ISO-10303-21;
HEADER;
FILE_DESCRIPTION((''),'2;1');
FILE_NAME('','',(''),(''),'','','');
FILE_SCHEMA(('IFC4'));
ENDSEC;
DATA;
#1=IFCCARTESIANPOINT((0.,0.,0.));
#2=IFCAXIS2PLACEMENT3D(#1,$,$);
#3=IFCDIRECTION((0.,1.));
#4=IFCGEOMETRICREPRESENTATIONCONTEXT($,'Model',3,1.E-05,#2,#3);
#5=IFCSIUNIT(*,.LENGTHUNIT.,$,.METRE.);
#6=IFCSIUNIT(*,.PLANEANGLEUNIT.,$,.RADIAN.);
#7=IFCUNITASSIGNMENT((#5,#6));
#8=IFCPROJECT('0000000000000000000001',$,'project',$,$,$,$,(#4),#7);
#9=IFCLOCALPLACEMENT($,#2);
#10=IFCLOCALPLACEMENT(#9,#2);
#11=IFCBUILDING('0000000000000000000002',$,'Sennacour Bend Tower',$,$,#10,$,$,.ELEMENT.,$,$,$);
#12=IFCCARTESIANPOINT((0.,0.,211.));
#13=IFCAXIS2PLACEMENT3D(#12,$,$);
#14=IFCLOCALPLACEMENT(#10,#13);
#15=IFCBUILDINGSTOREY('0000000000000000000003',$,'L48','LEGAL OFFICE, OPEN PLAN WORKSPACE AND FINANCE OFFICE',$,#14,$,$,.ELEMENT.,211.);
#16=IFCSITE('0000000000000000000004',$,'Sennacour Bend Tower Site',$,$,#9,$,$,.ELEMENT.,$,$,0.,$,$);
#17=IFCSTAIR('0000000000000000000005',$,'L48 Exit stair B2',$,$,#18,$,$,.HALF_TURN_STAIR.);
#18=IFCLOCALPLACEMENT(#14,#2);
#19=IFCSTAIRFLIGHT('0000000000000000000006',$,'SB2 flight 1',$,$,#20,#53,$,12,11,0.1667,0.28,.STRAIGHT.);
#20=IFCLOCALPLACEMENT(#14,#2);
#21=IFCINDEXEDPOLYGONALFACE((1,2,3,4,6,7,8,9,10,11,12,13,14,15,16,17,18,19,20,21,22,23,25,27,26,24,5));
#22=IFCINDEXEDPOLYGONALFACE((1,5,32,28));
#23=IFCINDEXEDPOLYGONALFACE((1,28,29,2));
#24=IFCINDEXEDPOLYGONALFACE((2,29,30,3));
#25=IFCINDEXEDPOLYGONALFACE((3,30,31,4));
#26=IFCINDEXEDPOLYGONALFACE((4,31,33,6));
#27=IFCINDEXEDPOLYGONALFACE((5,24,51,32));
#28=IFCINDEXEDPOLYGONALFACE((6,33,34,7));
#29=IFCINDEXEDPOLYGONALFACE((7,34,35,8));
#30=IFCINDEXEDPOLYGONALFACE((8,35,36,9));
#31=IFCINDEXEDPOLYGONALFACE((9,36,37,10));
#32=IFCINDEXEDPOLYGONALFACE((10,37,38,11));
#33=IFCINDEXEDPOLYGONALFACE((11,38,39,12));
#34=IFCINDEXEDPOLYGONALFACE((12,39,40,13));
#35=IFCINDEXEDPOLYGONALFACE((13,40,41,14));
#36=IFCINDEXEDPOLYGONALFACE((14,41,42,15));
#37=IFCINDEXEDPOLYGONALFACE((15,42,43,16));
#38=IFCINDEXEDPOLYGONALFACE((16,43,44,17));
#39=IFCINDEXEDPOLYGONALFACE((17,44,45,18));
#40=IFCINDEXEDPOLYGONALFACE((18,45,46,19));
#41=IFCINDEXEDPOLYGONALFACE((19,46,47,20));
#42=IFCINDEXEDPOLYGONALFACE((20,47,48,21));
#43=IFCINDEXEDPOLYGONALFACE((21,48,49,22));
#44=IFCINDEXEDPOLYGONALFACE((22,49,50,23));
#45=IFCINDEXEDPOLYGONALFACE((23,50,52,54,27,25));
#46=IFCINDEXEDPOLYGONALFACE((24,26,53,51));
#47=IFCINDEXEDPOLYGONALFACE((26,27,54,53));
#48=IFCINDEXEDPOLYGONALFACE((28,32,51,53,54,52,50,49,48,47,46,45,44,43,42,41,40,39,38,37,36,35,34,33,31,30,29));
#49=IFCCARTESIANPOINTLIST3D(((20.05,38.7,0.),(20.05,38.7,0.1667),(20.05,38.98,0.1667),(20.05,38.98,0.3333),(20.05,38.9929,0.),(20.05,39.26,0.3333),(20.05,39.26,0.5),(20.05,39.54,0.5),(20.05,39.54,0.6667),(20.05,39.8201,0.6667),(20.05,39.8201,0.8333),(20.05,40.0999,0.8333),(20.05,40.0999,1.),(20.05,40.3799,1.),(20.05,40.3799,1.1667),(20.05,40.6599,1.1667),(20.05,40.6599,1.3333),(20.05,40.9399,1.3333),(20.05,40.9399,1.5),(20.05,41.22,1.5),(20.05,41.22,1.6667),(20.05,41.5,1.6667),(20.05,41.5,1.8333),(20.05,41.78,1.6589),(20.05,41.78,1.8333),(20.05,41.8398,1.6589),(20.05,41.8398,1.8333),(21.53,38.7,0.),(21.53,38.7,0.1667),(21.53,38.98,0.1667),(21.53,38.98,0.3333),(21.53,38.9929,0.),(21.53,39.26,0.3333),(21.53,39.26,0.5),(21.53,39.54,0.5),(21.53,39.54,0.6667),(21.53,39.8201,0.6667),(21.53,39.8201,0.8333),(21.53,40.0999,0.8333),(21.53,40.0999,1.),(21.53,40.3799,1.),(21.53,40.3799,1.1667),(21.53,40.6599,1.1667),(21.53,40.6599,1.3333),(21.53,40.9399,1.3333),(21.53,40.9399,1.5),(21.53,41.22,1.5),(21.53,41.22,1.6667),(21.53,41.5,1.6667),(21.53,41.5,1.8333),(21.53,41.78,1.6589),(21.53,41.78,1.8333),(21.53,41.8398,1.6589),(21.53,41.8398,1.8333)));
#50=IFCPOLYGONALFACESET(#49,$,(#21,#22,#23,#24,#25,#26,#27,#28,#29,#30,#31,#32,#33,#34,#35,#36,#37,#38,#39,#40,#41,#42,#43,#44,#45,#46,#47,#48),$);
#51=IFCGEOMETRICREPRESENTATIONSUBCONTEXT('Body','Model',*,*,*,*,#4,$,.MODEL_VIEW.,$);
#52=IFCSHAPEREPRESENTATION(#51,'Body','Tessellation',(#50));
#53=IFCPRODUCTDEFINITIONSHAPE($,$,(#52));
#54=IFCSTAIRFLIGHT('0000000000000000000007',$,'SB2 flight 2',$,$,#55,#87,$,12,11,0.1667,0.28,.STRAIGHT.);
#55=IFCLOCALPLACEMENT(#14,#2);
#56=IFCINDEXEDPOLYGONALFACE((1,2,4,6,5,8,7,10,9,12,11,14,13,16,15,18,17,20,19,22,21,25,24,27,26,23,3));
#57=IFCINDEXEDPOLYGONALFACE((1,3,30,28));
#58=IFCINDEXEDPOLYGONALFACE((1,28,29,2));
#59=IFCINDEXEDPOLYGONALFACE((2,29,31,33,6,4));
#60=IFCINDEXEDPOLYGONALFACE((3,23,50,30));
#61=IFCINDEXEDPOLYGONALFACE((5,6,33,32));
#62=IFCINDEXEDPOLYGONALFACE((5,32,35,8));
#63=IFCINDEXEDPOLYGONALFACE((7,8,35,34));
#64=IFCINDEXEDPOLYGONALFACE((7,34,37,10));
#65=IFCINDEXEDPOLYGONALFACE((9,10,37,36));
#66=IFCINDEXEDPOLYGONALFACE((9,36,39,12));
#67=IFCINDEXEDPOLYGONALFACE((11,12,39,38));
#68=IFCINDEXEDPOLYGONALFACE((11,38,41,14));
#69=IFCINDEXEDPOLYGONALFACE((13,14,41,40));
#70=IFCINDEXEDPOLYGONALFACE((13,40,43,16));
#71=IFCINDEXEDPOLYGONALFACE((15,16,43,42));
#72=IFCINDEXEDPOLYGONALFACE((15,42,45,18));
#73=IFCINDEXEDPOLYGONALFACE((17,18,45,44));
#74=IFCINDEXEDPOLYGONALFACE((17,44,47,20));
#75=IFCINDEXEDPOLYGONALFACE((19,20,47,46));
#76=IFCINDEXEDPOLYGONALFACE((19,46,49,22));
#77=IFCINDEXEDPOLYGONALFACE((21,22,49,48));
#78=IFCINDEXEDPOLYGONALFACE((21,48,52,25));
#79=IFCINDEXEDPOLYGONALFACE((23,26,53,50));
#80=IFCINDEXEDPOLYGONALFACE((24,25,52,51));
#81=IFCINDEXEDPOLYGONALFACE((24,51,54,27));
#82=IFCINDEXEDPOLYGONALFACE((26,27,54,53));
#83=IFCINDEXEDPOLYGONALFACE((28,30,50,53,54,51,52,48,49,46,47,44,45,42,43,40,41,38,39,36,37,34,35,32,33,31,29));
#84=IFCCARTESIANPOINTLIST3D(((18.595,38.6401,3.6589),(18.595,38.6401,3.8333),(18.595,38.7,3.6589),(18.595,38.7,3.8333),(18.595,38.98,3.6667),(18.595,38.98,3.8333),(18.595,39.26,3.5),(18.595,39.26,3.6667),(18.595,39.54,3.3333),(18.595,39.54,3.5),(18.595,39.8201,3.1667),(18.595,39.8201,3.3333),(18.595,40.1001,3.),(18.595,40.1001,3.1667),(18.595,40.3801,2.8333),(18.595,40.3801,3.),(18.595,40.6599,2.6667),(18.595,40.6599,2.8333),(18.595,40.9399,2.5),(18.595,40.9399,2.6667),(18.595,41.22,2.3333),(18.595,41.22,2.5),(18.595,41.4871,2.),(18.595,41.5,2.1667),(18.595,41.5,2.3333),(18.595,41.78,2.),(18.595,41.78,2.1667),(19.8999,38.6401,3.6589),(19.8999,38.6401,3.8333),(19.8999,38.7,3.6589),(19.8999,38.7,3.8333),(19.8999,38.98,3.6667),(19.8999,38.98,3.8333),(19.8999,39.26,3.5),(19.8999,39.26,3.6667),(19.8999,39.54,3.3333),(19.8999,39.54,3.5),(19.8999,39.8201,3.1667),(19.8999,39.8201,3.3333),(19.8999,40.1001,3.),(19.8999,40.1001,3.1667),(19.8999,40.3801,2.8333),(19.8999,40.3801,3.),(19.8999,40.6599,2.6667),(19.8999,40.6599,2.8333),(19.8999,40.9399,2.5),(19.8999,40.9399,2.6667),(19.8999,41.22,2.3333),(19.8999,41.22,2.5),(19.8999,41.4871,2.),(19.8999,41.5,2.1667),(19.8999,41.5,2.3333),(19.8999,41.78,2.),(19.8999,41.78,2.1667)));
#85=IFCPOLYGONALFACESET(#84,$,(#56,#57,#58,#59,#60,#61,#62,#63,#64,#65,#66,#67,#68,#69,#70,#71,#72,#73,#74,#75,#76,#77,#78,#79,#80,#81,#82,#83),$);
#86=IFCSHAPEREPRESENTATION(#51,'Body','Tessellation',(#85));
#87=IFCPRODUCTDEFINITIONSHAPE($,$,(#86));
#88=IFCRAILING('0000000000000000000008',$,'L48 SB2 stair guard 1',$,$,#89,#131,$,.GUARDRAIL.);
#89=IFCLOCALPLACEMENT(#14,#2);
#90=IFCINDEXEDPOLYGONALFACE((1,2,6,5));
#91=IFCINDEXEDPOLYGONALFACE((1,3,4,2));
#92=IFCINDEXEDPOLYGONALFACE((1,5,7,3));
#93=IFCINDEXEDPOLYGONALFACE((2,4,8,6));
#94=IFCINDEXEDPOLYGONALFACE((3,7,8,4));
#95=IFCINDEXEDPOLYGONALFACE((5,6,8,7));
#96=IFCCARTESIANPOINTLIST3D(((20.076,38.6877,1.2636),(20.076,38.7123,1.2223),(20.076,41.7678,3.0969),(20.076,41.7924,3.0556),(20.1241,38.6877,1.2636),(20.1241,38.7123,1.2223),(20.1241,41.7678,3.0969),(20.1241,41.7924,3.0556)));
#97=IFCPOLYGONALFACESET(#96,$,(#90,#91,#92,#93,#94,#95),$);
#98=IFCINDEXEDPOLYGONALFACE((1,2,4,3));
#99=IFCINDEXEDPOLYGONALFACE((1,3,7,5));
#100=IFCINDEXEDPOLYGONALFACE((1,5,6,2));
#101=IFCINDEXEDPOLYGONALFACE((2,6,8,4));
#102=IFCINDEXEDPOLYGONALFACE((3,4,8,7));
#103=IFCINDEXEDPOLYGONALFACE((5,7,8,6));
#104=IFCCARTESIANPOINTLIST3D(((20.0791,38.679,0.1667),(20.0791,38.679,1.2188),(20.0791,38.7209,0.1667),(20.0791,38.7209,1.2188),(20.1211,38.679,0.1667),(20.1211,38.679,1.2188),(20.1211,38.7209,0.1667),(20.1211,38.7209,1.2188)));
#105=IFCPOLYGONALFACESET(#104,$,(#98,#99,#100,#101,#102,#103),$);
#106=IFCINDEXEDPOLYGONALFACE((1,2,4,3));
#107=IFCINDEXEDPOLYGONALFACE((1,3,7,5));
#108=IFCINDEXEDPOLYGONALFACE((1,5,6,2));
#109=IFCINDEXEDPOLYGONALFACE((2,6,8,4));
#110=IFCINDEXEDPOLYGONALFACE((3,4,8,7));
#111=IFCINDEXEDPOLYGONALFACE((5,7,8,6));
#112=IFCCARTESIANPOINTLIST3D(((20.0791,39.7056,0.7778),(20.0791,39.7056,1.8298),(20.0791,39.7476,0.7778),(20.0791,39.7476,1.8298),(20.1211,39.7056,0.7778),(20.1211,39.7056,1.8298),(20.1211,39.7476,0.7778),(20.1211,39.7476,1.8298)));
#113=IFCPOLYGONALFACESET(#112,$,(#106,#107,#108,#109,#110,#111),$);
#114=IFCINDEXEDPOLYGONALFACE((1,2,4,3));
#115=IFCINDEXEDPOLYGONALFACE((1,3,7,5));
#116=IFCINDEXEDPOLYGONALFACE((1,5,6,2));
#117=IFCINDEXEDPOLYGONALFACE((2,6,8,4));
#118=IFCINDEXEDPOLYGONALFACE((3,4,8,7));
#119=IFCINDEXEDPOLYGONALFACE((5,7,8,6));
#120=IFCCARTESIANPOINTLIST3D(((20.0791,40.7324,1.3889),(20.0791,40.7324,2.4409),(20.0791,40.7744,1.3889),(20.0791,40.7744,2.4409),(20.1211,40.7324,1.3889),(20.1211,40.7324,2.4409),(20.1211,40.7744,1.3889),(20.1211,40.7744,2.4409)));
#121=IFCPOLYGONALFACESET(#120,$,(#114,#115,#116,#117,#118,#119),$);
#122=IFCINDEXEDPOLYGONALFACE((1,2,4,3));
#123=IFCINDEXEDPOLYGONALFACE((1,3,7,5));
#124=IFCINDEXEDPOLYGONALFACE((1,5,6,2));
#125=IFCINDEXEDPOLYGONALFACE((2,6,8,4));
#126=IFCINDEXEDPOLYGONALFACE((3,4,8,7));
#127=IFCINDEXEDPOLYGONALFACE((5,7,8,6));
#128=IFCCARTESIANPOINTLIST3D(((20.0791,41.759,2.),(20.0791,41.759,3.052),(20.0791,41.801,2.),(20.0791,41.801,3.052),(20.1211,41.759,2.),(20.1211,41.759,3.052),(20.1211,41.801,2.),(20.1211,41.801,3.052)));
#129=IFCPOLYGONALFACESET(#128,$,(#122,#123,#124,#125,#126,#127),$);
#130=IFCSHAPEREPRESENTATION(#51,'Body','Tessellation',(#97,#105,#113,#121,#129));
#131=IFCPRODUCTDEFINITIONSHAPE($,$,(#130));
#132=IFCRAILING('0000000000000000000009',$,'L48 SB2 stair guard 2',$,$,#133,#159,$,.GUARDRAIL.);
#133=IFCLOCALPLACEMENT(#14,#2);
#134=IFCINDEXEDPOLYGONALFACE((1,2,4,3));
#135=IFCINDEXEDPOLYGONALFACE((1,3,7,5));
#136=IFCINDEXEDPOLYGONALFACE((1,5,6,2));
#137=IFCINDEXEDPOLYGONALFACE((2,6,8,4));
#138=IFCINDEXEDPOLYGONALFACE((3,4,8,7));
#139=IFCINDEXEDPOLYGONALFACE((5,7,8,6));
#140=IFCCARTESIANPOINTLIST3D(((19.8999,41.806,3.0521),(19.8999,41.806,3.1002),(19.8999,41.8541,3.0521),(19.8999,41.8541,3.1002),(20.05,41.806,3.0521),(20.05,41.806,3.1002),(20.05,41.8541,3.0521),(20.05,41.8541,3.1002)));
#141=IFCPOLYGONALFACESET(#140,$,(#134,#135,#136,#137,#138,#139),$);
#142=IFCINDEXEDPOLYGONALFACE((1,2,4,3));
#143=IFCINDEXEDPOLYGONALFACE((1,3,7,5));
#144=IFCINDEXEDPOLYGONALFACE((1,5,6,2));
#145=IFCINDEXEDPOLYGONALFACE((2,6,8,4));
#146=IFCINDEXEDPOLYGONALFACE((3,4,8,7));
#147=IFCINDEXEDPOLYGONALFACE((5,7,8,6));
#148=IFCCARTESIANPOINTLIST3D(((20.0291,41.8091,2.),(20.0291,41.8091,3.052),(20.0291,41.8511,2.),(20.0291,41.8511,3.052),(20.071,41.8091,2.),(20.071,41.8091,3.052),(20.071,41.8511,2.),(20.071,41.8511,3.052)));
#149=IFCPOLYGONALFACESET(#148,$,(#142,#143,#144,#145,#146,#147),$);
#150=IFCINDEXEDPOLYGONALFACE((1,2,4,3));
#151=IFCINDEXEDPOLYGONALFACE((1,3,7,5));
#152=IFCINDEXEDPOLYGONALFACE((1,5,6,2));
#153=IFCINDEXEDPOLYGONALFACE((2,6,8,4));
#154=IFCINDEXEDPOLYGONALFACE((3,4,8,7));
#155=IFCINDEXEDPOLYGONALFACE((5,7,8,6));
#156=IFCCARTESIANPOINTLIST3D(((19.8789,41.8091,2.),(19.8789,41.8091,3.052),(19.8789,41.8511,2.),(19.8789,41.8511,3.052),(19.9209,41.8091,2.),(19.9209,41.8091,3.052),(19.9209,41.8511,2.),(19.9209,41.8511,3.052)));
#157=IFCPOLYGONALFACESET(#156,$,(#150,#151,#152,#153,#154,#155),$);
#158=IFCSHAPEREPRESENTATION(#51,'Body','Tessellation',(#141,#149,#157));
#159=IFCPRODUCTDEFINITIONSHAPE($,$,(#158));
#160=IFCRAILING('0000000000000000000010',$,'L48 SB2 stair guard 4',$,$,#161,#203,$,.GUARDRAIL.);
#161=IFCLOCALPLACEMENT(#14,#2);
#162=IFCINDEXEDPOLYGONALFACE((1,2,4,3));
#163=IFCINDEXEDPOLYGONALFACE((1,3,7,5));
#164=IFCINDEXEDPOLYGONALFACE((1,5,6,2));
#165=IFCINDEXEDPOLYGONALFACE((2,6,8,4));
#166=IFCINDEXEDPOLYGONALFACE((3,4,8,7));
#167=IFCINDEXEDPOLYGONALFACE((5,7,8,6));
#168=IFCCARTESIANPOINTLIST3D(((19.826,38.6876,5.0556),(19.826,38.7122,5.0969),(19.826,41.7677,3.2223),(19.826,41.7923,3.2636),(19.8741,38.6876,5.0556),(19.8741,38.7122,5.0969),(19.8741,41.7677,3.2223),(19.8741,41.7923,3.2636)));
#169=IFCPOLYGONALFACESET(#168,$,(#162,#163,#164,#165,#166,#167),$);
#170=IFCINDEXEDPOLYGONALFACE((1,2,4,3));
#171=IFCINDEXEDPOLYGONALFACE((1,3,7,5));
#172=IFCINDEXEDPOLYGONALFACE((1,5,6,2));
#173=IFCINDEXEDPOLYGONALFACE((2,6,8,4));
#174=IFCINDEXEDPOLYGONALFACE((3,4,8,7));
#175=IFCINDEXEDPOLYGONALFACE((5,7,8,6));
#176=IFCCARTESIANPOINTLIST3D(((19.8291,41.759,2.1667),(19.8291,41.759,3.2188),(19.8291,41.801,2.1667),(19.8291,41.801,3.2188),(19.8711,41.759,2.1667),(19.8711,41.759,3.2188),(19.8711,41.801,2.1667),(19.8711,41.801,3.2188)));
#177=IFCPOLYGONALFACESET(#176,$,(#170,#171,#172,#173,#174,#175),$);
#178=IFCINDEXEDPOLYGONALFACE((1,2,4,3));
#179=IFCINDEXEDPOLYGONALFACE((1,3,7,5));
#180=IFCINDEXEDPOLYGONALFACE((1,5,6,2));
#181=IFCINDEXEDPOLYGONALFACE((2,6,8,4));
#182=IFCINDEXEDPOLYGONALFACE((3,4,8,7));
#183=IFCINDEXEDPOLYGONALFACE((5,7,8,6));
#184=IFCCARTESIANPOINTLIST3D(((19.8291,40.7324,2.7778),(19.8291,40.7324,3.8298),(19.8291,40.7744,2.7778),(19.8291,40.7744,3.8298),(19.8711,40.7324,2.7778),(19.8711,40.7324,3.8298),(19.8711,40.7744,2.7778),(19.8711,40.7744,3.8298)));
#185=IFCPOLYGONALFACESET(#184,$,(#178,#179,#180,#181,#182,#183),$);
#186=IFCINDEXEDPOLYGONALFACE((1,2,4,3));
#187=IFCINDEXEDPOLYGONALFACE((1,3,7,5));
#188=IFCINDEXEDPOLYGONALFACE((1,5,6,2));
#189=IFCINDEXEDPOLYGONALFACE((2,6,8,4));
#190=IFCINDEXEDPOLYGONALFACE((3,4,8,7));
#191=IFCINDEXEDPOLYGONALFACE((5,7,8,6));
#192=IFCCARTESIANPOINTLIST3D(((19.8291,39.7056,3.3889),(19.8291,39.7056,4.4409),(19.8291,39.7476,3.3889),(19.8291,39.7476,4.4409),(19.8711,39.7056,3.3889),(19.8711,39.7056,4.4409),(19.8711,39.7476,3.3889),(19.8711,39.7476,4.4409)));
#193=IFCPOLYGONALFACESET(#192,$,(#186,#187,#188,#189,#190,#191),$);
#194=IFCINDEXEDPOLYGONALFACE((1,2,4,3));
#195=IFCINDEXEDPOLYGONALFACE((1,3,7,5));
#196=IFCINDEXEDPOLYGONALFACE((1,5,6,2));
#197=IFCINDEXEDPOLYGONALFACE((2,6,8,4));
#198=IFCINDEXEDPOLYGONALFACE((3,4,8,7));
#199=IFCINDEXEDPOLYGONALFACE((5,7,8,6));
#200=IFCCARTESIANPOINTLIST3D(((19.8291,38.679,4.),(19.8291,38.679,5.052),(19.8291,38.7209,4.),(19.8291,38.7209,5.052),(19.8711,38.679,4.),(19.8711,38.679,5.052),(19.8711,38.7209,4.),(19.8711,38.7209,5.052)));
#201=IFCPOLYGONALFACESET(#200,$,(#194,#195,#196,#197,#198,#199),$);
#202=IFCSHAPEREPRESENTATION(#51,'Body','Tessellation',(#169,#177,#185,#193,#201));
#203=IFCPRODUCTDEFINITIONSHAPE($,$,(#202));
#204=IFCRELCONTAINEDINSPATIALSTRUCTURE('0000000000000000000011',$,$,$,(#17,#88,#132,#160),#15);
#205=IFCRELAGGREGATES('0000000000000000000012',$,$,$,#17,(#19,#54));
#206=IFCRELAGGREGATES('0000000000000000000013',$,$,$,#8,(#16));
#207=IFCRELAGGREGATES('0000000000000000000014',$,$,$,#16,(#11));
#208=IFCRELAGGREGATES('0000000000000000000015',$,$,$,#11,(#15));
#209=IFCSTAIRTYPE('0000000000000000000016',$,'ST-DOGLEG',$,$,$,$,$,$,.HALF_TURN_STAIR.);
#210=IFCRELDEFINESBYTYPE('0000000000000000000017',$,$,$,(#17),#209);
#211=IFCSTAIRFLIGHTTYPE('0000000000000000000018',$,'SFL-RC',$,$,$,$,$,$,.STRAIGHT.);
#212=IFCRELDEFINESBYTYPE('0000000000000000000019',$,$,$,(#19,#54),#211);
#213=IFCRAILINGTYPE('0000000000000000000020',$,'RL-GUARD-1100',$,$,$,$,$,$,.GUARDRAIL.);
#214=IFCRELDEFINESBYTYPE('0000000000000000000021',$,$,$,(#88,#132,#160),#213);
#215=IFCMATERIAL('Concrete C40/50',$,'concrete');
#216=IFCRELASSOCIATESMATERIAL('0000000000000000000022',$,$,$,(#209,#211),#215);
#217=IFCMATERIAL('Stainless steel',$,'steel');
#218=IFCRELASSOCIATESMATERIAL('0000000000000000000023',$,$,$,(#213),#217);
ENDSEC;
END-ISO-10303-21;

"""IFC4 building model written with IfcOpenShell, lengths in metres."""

from ifc_helpers import new_model, si_unit, direction, frame, origin, origin_2d, place, context, subcontext, project, spatial, polyline, rectangle, outline, extrude, material, type_object, element, aggregate, save


model = new_model("IFC4")

# Units and contexts
model_context = context("Model", 3, precision=1e-05, world=origin(), true_north=direction((0.0, 1.0)))
body_context = subcontext(model_context, "Body", "Model", "MODEL_VIEW")
ifc_project = project(units=[si_unit("LENGTHUNIT", "METRE"), si_unit("PLANEANGLEUNIT", "RADIAN")], contexts=[model_context])

# Site, building, storey
site_placement = place(None, origin())
site = spatial("IfcSite", under=ifc_project, at=site_placement, Name="Sennacour Bend Tower Site", CompositionType="ELEMENT", RefElevation=0.0)
building_placement = place(site_placement, origin())
building = spatial("IfcBuilding", under=site, at=building_placement, Name="Sennacour Bend Tower", CompositionType="ELEMENT")
storey_placement = place(building_placement, frame((0.0, 0.0, 211.0)))
storey = spatial("IfcBuildingStorey", under=building, at=storey_placement, Name="L48", Description="LEGAL OFFICE, OPEN PLAN WORKSPACE AND FINANCE OFFICE", CompositionType="ELEMENT", Elevation=211.0)

# Shared definitions
ifc_material_1 = material(Name="Stainless steel", Category="steel")

# Stair, stair flights
ifc_material_2 = material(Name="Concrete C40/50", Category="concrete")
stair_type = type_object("IfcStairType", Name="ST-DOGLEG", PredefinedType="HALF_TURN_STAIR", material=ifc_material_2)
stair_placement = place(storey_placement, origin())
stair = element("IfcStair", 1, at=stair_placement, inside=storey, type_object=stair_type, Name="L48 Exit stair B2", PredefinedType="HALF_TURN_STAIR")
stair_flight_type = type_object("IfcStairFlightType", Name="SFL-RC", PredefinedType="STRAIGHT", material=ifc_material_2)
stair_flight_1_placement = place(storey_placement, frame((20.79, 38.7, 0.0), z_axis=(0.0, 0.0, 1.0), x_axis=(0.0, 1.0, 0.0)))
stair_flight_1 = element("IfcStairFlight", 2, at=stair_flight_1_placement, type_object=stair_flight_type, Name="SB2 flight 1", NumberOfRisers=12, NumberOfTreads=11, PredefinedType="STRAIGHT", RiserHeight=0.1667, TreadLength=0.28, context=body_context, shape_type="SweptSolid", body=[
    extrude(outline(polyline([(0.0, 0.0), (0.0, 0.1667), (0.28, 0.1667), (0.28, 0.3333), (0.5601, 0.3333), (0.5601, 0.5), (0.8401, 0.5), (0.8401, 0.6667), (1.1201, 0.6667), (1.1201, 0.8333), (1.3999, 0.8333), (1.3999, 1.0), (1.6799, 1.0), (1.6799, 1.1667), (1.96, 1.1667), (1.96, 1.3333), (2.24, 1.3333), (2.24, 1.5), (2.52, 1.5), (2.52, 1.6667), (2.8, 1.6667), (2.8, 1.8333), (3.0801, 1.8333), (3.1399, 1.8333), (3.1399, 1.6589), (3.0801, 1.6589), (0.293, 0.0), (0.0, 0.0)])), frame((0.0, 0.74, 0.0), z_axis=(0.0, -1.0, 0.0), x_axis=(1.0, 0.0, 0.0)), (0.0, 0.0, 1.0), 1.48),
])
stair_flight_2_placement = place(storey_placement, frame((19.2476, 41.78, 2.0), z_axis=(0.0, 0.0, 1.0), x_axis=(0.0, -1.0, 0.0)))
stair_flight_2 = element("IfcStairFlight", 3, at=stair_flight_2_placement, type_object=stair_flight_type, Name="SB2 flight 2", NumberOfRisers=12, NumberOfTreads=11, PredefinedType="STRAIGHT", RiserHeight=0.1667, TreadLength=0.28, context=body_context, shape_type="SweptSolid", body=[
    extrude(outline(polyline([(0.0, 0.0), (0.0, 0.1667), (0.28, 0.1667), (0.28, 0.3333), (0.5601, 0.3333), (0.5601, 0.5), (0.8401, 0.5), (0.8401, 0.6667), (1.1201, 0.6667), (1.1201, 0.8333), (1.3999, 0.8333), (1.3999, 1.0), (1.6799, 1.0), (1.6799, 1.1667), (1.96, 1.1667), (1.96, 1.3333), (2.24, 1.3333), (2.24, 1.5), (2.52, 1.5), (2.52, 1.6667), (2.8, 1.6667), (2.8, 1.8333), (3.0801, 1.8333), (3.1399, 1.8333), (3.1399, 1.6589), (3.0801, 1.6589), (0.293, 0.0), (0.0, 0.0)])), frame((0.0, 0.6523, 0.0), z_axis=(0.0, -1.0, 0.0), x_axis=(1.0, 0.0, 0.0)), (0.0, 0.0, 1.0), 1.3049),
])
aggregate(stair, [stair_flight_1, stair_flight_2])

# Railings
railing_type_1 = type_object("IfcRailingType", Name="RL-GUARD-1100", PredefinedType="GUARDRAIL", material=ifc_material_1)
railing_1_placement = place(storey_placement, frame((20.1001, 38.7, 0.1667)))
element("IfcRailing", 4, at=railing_1_placement, inside=storey, type_object=railing_type_1, Name="L48 SB2 stair guard 1", PredefinedType="GUARDRAIL", context=body_context, shape_type="SweptSolid", body=[
    extrude(rectangle(XDim=0.0481, YDim=0.0481, at=origin_2d()), frame((0.0, 0.0, 1.0762), z_axis=(0.0, 0.859309, 0.511458), x_axis=(-1.0, 0.0, 0.0)), (0.0, 0.0, 1.0), 3.5845),
    extrude(rectangle(XDim=0.042, YDim=0.042, at=origin_2d()), origin(), (0.0, 0.0, 1.0), 1.052),
    extrude(rectangle(XDim=0.042, YDim=0.042, at=origin_2d()), frame((0.0, 1.0266, 0.6111)), (0.0, 0.0, 1.0), 1.052),
    extrude(rectangle(XDim=0.042, YDim=0.042, at=origin_2d()), frame((0.0, 2.0535, 1.2222)), (0.0, 0.0, 1.0), 1.052),
    extrude(rectangle(XDim=0.042, YDim=0.042, at=origin_2d()), frame((0.0, 3.0801, 1.8333)), (0.0, 0.0, 1.0), 1.052),
])
railing_2_placement = place(storey_placement, frame((20.05, 41.8301, 2.0)))
element("IfcRailing", 5, at=railing_2_placement, inside=storey, type_object=railing_type_1, Name="L48 SB2 stair guard 2", PredefinedType="GUARDRAIL", context=body_context, shape_type="SweptSolid", body=[
    extrude(rectangle(XDim=0.0481, YDim=0.0481, at=origin_2d()), frame((0.0, 0.0, 1.0762), z_axis=(-1.0, 0.0, 0.0), x_axis=(0.0, -1.0, 0.0)), (0.0, 0.0, 1.0), 0.1501),
    extrude(rectangle(XDim=0.042, YDim=0.042, at=origin_2d()), origin(), (0.0, 0.0, 1.0), 1.052),
    extrude(rectangle(XDim=0.042, YDim=0.042, at=origin_2d()), frame((-0.1501, 0.0, 0.0)), (0.0, 0.0, 1.0), 1.052),
])
railing_3_placement = place(storey_placement, frame((19.8501, 41.78, 2.1667)))
element("IfcRailing", 6, at=railing_3_placement, inside=storey, type_object=railing_type_1, Name="L48 SB2 stair guard 4", PredefinedType="GUARDRAIL", context=body_context, shape_type="SweptSolid", body=[
    extrude(rectangle(XDim=0.0481, YDim=0.0481, at=origin_2d()), frame((0.0, 0.0, 1.0762), z_axis=(0.0, -0.859309, 0.511458), x_axis=(1.0, 0.0, 0.0)), (0.0, 0.0, 1.0), 3.5845),
    extrude(rectangle(XDim=0.042, YDim=0.042, at=origin_2d()), origin(), (0.0, 0.0, 1.0), 1.052),
    extrude(rectangle(XDim=0.042, YDim=0.042, at=origin_2d()), frame((0.0, -1.0266, 0.6111)), (0.0, 0.0, 1.0), 1.052),
    extrude(rectangle(XDim=0.042, YDim=0.042, at=origin_2d()), frame((0.0, -2.0535, 1.2222)), (0.0, 0.0, 1.0), 1.052),
    extrude(rectangle(XDim=0.042, YDim=0.042, at=origin_2d()), frame((0.0, -3.0801, 1.8333)), (0.0, 0.0, 1.0), 1.052),
])

save(model, "model.ifc")
